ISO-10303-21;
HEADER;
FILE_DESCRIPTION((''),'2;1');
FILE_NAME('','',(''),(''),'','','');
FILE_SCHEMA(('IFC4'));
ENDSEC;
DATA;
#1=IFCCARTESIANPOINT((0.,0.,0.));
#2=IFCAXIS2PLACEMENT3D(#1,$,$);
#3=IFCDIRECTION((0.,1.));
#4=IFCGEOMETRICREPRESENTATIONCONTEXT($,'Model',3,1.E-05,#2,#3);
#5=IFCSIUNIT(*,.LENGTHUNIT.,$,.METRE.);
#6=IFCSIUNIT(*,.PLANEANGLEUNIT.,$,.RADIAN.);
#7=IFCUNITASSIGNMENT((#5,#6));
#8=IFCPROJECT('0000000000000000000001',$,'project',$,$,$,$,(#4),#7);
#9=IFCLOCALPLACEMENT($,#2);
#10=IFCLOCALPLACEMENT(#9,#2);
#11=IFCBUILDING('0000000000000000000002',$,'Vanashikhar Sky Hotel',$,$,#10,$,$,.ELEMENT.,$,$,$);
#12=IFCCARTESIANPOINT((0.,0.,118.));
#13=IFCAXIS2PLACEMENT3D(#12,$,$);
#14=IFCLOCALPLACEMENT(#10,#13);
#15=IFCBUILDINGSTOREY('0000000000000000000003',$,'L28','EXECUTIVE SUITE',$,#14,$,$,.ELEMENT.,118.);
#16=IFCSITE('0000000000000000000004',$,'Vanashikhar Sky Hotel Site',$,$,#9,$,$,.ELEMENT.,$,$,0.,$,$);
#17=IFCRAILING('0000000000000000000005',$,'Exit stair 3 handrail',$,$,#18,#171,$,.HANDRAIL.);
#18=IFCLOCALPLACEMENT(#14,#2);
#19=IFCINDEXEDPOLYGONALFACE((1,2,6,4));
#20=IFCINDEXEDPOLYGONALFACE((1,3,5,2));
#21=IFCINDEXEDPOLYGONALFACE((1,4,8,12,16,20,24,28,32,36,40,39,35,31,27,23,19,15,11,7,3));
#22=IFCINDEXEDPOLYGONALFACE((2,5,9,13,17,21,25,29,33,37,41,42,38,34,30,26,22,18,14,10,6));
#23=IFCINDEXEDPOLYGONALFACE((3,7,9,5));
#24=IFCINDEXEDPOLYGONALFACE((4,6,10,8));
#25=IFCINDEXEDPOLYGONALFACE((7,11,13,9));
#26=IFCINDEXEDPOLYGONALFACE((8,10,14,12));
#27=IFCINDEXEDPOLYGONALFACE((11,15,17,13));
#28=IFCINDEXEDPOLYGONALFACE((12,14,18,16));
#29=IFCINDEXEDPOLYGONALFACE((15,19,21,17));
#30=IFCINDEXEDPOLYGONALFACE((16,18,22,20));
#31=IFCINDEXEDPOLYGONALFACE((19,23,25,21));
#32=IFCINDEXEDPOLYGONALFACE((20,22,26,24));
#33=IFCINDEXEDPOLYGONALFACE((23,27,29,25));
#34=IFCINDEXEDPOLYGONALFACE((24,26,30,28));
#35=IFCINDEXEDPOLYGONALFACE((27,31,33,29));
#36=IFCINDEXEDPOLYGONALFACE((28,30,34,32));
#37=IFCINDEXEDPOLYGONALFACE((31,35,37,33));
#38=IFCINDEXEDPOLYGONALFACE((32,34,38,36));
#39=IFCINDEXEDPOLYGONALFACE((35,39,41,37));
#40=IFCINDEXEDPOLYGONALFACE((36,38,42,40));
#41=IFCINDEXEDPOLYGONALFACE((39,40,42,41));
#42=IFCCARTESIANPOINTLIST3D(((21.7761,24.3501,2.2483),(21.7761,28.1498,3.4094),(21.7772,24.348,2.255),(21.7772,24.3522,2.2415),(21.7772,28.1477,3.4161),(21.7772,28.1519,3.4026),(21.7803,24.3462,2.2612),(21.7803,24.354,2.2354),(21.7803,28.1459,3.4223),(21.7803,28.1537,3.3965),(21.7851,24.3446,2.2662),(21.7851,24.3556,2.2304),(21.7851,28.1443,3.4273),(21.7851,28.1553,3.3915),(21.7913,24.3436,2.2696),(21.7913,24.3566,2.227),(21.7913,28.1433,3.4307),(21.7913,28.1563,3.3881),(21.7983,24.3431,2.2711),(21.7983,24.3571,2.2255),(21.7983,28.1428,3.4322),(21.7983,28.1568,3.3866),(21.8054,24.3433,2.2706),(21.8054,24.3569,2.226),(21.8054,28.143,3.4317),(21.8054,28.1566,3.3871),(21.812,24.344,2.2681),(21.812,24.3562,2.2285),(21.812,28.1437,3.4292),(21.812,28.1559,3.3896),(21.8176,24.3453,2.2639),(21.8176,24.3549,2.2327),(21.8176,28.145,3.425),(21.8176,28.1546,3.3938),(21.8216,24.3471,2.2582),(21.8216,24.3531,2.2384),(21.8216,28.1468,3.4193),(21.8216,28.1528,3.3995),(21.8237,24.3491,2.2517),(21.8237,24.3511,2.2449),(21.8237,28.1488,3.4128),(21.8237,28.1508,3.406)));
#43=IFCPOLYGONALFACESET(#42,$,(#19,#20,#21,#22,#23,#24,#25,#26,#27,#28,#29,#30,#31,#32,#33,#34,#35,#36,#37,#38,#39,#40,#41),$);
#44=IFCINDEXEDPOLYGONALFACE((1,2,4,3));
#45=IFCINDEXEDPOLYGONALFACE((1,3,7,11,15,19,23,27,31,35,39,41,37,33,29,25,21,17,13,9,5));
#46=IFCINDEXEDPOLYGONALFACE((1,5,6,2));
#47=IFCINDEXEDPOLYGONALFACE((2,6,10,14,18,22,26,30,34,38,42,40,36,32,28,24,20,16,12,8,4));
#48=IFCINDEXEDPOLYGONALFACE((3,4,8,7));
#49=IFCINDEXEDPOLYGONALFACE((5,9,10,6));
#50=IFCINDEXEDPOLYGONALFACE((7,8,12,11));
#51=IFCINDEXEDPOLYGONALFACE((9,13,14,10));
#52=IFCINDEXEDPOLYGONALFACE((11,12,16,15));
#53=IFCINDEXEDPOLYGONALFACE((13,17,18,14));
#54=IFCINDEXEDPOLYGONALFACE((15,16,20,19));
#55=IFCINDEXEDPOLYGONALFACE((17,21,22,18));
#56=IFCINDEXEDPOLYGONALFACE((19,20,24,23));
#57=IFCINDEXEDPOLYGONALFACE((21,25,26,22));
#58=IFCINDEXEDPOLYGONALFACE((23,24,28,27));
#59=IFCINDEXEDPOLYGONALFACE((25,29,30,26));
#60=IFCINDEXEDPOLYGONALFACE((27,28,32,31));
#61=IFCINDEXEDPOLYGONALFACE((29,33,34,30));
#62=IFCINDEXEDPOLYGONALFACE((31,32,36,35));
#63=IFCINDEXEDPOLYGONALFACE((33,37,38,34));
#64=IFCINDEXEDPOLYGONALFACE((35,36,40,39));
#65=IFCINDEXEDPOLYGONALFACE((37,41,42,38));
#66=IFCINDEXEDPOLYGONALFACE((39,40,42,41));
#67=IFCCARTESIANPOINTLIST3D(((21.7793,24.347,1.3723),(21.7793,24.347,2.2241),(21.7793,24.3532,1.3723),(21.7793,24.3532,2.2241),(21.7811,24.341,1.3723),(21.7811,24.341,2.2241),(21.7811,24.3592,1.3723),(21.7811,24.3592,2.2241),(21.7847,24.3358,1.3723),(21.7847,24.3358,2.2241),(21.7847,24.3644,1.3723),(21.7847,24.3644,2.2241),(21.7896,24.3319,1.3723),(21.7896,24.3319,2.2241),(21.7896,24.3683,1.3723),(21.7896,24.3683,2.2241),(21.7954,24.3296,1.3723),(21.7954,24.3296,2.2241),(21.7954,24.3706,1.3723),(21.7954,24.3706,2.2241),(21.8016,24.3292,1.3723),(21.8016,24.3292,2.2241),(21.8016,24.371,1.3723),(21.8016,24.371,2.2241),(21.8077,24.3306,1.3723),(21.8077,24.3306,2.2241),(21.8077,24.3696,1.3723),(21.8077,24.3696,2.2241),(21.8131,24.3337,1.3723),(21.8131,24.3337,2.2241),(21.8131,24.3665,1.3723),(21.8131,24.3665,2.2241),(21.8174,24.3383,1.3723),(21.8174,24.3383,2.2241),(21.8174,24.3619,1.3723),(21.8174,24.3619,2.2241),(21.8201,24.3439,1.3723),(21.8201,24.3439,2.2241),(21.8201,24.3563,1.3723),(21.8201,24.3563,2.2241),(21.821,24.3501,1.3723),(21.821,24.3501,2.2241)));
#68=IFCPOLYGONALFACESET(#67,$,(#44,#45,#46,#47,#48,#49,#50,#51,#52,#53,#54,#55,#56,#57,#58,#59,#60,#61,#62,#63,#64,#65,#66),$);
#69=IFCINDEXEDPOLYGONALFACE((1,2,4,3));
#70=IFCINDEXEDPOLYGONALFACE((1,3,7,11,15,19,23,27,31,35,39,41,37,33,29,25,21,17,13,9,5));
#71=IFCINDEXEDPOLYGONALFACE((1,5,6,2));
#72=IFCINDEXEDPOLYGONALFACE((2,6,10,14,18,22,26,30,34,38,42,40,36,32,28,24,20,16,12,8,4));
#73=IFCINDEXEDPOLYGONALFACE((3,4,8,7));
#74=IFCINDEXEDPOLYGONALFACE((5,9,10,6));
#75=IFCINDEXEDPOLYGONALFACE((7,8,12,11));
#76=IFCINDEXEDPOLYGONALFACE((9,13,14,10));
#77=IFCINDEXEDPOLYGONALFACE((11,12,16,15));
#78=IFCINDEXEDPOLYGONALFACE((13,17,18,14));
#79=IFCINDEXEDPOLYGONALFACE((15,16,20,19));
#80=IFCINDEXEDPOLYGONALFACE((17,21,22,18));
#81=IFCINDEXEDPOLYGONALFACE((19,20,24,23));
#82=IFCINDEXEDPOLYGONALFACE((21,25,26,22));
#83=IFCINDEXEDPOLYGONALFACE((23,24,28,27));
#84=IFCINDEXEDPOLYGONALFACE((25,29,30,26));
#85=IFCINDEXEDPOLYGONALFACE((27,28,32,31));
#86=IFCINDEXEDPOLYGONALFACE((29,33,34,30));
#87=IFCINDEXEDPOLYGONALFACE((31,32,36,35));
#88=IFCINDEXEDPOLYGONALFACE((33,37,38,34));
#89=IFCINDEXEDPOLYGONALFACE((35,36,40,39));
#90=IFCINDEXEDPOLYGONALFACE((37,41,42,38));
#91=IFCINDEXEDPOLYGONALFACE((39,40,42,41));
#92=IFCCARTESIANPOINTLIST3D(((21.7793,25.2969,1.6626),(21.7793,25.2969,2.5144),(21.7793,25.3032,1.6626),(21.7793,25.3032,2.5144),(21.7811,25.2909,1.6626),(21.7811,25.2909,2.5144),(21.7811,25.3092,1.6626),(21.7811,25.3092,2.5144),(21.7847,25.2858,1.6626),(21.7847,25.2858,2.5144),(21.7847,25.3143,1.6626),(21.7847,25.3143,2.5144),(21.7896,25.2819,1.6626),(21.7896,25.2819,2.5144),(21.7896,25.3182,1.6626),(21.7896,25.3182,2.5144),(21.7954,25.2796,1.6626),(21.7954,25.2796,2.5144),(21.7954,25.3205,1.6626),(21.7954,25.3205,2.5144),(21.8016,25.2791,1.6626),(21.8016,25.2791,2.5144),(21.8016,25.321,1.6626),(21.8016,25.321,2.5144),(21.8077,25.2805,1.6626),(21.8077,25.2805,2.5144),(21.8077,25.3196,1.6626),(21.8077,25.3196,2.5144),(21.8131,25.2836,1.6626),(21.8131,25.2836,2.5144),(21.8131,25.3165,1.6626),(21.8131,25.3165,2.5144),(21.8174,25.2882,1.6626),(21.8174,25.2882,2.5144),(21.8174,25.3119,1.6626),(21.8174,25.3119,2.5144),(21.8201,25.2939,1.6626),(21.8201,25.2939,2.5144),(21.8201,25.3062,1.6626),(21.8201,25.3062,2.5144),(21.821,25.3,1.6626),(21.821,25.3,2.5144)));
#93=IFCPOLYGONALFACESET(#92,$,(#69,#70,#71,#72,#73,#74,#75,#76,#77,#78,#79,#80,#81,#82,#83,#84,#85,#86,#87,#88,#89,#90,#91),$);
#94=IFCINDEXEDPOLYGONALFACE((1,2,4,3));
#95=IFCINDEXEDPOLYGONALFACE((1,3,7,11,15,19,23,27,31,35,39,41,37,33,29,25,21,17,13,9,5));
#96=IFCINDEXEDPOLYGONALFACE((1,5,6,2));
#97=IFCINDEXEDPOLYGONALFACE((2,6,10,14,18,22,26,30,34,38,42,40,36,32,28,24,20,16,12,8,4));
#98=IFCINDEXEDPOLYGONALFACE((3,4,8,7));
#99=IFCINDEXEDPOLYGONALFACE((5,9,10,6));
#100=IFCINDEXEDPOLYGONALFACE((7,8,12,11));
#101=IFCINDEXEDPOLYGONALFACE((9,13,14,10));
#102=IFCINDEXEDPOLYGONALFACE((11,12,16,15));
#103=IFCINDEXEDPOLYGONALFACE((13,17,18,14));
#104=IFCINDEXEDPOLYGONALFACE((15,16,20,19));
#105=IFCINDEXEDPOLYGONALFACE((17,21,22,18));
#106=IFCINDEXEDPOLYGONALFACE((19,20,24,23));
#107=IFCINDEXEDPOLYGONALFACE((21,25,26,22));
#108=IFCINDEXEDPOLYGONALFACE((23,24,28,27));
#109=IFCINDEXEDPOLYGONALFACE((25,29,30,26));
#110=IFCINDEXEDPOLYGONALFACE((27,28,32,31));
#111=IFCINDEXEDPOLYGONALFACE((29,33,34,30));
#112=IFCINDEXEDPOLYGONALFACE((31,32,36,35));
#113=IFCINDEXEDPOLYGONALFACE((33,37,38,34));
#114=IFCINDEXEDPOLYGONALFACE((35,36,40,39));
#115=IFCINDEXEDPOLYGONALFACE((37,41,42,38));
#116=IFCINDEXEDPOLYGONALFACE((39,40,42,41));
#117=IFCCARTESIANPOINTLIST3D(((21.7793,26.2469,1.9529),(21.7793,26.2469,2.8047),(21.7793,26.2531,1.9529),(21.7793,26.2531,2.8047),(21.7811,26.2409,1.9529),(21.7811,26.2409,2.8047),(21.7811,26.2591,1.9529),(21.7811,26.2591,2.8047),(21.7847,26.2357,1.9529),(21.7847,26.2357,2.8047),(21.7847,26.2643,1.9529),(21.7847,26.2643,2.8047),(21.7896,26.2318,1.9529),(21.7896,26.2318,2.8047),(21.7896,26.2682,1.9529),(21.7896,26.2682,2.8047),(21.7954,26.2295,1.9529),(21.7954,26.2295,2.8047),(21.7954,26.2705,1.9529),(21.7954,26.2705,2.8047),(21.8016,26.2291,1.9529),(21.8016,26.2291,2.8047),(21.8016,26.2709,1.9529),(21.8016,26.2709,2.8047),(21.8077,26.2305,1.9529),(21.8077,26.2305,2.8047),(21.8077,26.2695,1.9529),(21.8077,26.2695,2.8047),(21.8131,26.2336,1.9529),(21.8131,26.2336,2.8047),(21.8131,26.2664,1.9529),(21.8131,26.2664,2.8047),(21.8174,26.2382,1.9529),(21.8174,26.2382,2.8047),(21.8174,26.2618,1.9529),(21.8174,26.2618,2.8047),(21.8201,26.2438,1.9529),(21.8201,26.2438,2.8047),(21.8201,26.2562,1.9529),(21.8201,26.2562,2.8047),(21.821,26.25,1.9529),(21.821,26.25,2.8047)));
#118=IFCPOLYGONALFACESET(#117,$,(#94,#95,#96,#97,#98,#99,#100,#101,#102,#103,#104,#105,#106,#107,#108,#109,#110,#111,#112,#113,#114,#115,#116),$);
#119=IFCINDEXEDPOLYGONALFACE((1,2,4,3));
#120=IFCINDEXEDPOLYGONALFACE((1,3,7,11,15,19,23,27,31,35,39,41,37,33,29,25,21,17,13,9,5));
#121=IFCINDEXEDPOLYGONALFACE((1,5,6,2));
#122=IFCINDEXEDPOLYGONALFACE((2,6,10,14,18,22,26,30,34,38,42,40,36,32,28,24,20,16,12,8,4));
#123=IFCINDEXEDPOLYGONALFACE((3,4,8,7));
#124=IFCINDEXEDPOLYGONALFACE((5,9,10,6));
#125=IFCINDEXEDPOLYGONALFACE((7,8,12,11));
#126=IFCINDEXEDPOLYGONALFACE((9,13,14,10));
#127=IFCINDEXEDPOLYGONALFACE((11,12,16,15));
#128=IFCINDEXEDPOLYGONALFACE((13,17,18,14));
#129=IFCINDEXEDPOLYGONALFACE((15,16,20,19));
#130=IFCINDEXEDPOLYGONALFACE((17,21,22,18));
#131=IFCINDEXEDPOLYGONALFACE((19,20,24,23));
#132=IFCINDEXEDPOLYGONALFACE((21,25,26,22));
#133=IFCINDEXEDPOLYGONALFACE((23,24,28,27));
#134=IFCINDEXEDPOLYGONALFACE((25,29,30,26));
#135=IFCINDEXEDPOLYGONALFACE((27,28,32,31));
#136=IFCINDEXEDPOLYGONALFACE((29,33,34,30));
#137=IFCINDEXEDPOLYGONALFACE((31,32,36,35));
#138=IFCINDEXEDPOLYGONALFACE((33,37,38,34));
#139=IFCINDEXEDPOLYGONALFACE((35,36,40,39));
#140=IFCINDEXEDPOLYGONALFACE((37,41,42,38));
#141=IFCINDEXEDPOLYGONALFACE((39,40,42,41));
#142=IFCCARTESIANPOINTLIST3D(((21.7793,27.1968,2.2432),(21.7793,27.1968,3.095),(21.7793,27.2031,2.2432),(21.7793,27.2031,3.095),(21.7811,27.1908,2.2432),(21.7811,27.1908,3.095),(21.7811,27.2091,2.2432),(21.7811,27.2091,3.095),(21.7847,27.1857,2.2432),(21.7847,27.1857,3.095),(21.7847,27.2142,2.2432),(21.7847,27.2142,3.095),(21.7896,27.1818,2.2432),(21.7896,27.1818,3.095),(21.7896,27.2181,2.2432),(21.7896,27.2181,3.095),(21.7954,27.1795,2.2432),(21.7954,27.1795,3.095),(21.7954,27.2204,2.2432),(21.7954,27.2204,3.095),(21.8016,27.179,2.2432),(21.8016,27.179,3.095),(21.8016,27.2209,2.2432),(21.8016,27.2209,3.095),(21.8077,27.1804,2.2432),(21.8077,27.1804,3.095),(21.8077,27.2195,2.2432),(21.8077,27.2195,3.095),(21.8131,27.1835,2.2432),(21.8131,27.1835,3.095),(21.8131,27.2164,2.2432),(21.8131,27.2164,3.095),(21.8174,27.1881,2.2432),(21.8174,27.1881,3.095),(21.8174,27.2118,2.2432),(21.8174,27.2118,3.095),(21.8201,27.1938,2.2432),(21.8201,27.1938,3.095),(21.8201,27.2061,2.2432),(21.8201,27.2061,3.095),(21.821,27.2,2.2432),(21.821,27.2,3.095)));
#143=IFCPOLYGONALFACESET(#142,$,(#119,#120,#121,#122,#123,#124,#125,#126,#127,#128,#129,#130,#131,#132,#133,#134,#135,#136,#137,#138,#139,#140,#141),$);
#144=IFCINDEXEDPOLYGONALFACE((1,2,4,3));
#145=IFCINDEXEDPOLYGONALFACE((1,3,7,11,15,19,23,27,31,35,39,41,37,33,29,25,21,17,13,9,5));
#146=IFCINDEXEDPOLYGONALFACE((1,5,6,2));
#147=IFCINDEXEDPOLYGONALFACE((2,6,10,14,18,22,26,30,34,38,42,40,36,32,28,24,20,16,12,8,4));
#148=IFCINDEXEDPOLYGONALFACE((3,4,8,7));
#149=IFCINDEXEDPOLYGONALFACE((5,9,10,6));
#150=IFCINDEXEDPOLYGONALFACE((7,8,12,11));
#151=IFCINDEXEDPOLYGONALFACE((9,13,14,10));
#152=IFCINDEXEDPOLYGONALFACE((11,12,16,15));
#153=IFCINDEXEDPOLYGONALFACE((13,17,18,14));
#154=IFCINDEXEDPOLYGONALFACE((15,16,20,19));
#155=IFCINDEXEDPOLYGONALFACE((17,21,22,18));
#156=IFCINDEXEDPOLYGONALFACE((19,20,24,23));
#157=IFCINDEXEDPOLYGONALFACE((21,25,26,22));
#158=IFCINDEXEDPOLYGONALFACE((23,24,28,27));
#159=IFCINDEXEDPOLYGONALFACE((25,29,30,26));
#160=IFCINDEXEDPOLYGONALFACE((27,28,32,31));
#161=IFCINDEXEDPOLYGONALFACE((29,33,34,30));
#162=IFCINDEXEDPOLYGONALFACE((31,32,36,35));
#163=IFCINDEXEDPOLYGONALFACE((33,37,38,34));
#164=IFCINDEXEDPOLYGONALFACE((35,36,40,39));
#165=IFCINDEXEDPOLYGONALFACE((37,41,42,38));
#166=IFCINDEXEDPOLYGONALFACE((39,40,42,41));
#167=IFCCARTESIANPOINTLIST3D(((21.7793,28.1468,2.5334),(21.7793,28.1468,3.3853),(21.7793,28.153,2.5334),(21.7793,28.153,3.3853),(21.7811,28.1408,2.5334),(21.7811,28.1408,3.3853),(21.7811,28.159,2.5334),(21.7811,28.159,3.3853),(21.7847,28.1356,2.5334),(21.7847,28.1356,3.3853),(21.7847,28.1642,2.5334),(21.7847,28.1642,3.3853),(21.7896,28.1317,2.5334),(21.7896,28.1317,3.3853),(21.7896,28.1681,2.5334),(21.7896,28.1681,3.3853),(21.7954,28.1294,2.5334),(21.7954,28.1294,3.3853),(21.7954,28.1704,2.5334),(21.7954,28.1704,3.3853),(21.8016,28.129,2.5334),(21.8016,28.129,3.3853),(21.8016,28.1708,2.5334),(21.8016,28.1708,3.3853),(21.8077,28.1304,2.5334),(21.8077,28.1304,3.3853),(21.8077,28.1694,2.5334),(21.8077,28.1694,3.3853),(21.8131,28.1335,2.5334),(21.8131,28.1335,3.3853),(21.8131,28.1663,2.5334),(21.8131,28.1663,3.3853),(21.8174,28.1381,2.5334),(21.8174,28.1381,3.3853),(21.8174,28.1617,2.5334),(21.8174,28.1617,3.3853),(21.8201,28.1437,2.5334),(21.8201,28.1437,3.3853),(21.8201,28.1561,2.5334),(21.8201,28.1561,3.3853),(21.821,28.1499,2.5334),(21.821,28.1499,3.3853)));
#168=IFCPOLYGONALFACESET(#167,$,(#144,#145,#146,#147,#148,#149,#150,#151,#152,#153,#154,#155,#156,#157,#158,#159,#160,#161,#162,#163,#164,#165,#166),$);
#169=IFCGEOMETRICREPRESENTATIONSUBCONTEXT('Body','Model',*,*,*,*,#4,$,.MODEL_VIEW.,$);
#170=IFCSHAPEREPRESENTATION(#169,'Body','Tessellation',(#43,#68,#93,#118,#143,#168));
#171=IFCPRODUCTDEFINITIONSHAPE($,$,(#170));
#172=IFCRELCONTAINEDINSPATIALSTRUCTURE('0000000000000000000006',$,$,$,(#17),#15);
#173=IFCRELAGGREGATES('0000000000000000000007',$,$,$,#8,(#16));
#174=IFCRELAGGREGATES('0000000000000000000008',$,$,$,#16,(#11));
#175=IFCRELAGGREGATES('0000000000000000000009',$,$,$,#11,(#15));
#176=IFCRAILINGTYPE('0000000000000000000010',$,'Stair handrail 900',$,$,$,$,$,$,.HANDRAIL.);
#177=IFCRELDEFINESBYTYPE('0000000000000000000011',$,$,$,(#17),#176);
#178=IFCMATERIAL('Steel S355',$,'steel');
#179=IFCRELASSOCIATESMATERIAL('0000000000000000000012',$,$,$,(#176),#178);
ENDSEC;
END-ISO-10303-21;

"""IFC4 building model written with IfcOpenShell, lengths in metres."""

from ifc_helpers import new_model, si_unit, direction, frame, origin, origin_2d, place, context, subcontext, project, spatial, circle, extrude, source, transform, mapped, material, type_object, element, save


model = new_model("IFC4")

# Units and contexts
model_context = context("Model", 3, precision=1e-05, world=origin(), true_north=direction((0.0, 1.0)))
body_context = subcontext(model_context, "Body", "Model", "MODEL_VIEW")
ifc_project = project(units=[si_unit("LENGTHUNIT", "METRE"), si_unit("PLANEANGLEUNIT", "RADIAN")], contexts=[model_context])

# Site, building, storey
site_placement = place(None, origin())
site = spatial("IfcSite", under=ifc_project, at=site_placement, Name="Vanashikhar Sky Hotel Site", CompositionType="ELEMENT", RefElevation=0.0)
building_placement = place(site_placement, origin())
building = spatial("IfcBuilding", under=site, at=building_placement, Name="Vanashikhar Sky Hotel", CompositionType="ELEMENT")
storey_placement = place(building_placement, frame((0.0, 0.0, 118.0)))
storey = spatial("IfcBuildingStorey", under=building, at=storey_placement, Name="L28", Description="EXECUTIVE SUITE", CompositionType="ELEMENT", Elevation=118.0)

# Railing
ifc_material_1 = material(Name="Steel S355", Category="steel")
railing_type = type_object("IfcRailingType", Name="Stair handrail 900", PredefinedType="HANDRAIL", material=ifc_material_1)
shared_shape_1 = source(origin(), body_context, "Body", "SweptSolid", [
    extrude(circle(Radius=0.0239, at=origin_2d()), frame((0.0, 0.0, 0.876), z_axis=(0.0, 0.956346, 0.292237), x_axis=(-1.0, 0.0, 0.0)), (0.0, 0.0, 1.0), 3.9731),
    extrude(circle(Radius=0.021, at=origin_2d()), origin(), (0.0, 0.0, 1.0), 0.8518),
    extrude(circle(Radius=0.021, at=origin_2d()), frame((0.0, 0.95, 0.2903)), (0.0, 0.0, 1.0), 0.8518),
    extrude(circle(Radius=0.021, at=origin_2d()), frame((0.0, 1.8999, 0.5806)), (0.0, 0.0, 1.0), 0.8518),
    extrude(circle(Radius=0.021, at=origin_2d()), frame((0.0, 2.8499, 0.8708)), (0.0, 0.0, 1.0), 0.8518),
    extrude(circle(Radius=0.021, at=origin_2d()), frame((0.0, 3.7998, 1.1611)), (0.0, 0.0, 1.0), 0.8518),
])
railing_placement = place(storey_placement, frame((21.8, 24.3501, 1.3723)))
element("IfcRailing", 1, at=railing_placement, inside=storey, type_object=railing_type, Name="Exit stair 3 handrail", PredefinedType="HANDRAIL", context=body_context, shape_type="MappedRepresentation", body=[
    mapped(shared_shape_1, transform((0.0, 0.0, 0.0), scale=1.0)),
])

save(model, "model.ifc")
